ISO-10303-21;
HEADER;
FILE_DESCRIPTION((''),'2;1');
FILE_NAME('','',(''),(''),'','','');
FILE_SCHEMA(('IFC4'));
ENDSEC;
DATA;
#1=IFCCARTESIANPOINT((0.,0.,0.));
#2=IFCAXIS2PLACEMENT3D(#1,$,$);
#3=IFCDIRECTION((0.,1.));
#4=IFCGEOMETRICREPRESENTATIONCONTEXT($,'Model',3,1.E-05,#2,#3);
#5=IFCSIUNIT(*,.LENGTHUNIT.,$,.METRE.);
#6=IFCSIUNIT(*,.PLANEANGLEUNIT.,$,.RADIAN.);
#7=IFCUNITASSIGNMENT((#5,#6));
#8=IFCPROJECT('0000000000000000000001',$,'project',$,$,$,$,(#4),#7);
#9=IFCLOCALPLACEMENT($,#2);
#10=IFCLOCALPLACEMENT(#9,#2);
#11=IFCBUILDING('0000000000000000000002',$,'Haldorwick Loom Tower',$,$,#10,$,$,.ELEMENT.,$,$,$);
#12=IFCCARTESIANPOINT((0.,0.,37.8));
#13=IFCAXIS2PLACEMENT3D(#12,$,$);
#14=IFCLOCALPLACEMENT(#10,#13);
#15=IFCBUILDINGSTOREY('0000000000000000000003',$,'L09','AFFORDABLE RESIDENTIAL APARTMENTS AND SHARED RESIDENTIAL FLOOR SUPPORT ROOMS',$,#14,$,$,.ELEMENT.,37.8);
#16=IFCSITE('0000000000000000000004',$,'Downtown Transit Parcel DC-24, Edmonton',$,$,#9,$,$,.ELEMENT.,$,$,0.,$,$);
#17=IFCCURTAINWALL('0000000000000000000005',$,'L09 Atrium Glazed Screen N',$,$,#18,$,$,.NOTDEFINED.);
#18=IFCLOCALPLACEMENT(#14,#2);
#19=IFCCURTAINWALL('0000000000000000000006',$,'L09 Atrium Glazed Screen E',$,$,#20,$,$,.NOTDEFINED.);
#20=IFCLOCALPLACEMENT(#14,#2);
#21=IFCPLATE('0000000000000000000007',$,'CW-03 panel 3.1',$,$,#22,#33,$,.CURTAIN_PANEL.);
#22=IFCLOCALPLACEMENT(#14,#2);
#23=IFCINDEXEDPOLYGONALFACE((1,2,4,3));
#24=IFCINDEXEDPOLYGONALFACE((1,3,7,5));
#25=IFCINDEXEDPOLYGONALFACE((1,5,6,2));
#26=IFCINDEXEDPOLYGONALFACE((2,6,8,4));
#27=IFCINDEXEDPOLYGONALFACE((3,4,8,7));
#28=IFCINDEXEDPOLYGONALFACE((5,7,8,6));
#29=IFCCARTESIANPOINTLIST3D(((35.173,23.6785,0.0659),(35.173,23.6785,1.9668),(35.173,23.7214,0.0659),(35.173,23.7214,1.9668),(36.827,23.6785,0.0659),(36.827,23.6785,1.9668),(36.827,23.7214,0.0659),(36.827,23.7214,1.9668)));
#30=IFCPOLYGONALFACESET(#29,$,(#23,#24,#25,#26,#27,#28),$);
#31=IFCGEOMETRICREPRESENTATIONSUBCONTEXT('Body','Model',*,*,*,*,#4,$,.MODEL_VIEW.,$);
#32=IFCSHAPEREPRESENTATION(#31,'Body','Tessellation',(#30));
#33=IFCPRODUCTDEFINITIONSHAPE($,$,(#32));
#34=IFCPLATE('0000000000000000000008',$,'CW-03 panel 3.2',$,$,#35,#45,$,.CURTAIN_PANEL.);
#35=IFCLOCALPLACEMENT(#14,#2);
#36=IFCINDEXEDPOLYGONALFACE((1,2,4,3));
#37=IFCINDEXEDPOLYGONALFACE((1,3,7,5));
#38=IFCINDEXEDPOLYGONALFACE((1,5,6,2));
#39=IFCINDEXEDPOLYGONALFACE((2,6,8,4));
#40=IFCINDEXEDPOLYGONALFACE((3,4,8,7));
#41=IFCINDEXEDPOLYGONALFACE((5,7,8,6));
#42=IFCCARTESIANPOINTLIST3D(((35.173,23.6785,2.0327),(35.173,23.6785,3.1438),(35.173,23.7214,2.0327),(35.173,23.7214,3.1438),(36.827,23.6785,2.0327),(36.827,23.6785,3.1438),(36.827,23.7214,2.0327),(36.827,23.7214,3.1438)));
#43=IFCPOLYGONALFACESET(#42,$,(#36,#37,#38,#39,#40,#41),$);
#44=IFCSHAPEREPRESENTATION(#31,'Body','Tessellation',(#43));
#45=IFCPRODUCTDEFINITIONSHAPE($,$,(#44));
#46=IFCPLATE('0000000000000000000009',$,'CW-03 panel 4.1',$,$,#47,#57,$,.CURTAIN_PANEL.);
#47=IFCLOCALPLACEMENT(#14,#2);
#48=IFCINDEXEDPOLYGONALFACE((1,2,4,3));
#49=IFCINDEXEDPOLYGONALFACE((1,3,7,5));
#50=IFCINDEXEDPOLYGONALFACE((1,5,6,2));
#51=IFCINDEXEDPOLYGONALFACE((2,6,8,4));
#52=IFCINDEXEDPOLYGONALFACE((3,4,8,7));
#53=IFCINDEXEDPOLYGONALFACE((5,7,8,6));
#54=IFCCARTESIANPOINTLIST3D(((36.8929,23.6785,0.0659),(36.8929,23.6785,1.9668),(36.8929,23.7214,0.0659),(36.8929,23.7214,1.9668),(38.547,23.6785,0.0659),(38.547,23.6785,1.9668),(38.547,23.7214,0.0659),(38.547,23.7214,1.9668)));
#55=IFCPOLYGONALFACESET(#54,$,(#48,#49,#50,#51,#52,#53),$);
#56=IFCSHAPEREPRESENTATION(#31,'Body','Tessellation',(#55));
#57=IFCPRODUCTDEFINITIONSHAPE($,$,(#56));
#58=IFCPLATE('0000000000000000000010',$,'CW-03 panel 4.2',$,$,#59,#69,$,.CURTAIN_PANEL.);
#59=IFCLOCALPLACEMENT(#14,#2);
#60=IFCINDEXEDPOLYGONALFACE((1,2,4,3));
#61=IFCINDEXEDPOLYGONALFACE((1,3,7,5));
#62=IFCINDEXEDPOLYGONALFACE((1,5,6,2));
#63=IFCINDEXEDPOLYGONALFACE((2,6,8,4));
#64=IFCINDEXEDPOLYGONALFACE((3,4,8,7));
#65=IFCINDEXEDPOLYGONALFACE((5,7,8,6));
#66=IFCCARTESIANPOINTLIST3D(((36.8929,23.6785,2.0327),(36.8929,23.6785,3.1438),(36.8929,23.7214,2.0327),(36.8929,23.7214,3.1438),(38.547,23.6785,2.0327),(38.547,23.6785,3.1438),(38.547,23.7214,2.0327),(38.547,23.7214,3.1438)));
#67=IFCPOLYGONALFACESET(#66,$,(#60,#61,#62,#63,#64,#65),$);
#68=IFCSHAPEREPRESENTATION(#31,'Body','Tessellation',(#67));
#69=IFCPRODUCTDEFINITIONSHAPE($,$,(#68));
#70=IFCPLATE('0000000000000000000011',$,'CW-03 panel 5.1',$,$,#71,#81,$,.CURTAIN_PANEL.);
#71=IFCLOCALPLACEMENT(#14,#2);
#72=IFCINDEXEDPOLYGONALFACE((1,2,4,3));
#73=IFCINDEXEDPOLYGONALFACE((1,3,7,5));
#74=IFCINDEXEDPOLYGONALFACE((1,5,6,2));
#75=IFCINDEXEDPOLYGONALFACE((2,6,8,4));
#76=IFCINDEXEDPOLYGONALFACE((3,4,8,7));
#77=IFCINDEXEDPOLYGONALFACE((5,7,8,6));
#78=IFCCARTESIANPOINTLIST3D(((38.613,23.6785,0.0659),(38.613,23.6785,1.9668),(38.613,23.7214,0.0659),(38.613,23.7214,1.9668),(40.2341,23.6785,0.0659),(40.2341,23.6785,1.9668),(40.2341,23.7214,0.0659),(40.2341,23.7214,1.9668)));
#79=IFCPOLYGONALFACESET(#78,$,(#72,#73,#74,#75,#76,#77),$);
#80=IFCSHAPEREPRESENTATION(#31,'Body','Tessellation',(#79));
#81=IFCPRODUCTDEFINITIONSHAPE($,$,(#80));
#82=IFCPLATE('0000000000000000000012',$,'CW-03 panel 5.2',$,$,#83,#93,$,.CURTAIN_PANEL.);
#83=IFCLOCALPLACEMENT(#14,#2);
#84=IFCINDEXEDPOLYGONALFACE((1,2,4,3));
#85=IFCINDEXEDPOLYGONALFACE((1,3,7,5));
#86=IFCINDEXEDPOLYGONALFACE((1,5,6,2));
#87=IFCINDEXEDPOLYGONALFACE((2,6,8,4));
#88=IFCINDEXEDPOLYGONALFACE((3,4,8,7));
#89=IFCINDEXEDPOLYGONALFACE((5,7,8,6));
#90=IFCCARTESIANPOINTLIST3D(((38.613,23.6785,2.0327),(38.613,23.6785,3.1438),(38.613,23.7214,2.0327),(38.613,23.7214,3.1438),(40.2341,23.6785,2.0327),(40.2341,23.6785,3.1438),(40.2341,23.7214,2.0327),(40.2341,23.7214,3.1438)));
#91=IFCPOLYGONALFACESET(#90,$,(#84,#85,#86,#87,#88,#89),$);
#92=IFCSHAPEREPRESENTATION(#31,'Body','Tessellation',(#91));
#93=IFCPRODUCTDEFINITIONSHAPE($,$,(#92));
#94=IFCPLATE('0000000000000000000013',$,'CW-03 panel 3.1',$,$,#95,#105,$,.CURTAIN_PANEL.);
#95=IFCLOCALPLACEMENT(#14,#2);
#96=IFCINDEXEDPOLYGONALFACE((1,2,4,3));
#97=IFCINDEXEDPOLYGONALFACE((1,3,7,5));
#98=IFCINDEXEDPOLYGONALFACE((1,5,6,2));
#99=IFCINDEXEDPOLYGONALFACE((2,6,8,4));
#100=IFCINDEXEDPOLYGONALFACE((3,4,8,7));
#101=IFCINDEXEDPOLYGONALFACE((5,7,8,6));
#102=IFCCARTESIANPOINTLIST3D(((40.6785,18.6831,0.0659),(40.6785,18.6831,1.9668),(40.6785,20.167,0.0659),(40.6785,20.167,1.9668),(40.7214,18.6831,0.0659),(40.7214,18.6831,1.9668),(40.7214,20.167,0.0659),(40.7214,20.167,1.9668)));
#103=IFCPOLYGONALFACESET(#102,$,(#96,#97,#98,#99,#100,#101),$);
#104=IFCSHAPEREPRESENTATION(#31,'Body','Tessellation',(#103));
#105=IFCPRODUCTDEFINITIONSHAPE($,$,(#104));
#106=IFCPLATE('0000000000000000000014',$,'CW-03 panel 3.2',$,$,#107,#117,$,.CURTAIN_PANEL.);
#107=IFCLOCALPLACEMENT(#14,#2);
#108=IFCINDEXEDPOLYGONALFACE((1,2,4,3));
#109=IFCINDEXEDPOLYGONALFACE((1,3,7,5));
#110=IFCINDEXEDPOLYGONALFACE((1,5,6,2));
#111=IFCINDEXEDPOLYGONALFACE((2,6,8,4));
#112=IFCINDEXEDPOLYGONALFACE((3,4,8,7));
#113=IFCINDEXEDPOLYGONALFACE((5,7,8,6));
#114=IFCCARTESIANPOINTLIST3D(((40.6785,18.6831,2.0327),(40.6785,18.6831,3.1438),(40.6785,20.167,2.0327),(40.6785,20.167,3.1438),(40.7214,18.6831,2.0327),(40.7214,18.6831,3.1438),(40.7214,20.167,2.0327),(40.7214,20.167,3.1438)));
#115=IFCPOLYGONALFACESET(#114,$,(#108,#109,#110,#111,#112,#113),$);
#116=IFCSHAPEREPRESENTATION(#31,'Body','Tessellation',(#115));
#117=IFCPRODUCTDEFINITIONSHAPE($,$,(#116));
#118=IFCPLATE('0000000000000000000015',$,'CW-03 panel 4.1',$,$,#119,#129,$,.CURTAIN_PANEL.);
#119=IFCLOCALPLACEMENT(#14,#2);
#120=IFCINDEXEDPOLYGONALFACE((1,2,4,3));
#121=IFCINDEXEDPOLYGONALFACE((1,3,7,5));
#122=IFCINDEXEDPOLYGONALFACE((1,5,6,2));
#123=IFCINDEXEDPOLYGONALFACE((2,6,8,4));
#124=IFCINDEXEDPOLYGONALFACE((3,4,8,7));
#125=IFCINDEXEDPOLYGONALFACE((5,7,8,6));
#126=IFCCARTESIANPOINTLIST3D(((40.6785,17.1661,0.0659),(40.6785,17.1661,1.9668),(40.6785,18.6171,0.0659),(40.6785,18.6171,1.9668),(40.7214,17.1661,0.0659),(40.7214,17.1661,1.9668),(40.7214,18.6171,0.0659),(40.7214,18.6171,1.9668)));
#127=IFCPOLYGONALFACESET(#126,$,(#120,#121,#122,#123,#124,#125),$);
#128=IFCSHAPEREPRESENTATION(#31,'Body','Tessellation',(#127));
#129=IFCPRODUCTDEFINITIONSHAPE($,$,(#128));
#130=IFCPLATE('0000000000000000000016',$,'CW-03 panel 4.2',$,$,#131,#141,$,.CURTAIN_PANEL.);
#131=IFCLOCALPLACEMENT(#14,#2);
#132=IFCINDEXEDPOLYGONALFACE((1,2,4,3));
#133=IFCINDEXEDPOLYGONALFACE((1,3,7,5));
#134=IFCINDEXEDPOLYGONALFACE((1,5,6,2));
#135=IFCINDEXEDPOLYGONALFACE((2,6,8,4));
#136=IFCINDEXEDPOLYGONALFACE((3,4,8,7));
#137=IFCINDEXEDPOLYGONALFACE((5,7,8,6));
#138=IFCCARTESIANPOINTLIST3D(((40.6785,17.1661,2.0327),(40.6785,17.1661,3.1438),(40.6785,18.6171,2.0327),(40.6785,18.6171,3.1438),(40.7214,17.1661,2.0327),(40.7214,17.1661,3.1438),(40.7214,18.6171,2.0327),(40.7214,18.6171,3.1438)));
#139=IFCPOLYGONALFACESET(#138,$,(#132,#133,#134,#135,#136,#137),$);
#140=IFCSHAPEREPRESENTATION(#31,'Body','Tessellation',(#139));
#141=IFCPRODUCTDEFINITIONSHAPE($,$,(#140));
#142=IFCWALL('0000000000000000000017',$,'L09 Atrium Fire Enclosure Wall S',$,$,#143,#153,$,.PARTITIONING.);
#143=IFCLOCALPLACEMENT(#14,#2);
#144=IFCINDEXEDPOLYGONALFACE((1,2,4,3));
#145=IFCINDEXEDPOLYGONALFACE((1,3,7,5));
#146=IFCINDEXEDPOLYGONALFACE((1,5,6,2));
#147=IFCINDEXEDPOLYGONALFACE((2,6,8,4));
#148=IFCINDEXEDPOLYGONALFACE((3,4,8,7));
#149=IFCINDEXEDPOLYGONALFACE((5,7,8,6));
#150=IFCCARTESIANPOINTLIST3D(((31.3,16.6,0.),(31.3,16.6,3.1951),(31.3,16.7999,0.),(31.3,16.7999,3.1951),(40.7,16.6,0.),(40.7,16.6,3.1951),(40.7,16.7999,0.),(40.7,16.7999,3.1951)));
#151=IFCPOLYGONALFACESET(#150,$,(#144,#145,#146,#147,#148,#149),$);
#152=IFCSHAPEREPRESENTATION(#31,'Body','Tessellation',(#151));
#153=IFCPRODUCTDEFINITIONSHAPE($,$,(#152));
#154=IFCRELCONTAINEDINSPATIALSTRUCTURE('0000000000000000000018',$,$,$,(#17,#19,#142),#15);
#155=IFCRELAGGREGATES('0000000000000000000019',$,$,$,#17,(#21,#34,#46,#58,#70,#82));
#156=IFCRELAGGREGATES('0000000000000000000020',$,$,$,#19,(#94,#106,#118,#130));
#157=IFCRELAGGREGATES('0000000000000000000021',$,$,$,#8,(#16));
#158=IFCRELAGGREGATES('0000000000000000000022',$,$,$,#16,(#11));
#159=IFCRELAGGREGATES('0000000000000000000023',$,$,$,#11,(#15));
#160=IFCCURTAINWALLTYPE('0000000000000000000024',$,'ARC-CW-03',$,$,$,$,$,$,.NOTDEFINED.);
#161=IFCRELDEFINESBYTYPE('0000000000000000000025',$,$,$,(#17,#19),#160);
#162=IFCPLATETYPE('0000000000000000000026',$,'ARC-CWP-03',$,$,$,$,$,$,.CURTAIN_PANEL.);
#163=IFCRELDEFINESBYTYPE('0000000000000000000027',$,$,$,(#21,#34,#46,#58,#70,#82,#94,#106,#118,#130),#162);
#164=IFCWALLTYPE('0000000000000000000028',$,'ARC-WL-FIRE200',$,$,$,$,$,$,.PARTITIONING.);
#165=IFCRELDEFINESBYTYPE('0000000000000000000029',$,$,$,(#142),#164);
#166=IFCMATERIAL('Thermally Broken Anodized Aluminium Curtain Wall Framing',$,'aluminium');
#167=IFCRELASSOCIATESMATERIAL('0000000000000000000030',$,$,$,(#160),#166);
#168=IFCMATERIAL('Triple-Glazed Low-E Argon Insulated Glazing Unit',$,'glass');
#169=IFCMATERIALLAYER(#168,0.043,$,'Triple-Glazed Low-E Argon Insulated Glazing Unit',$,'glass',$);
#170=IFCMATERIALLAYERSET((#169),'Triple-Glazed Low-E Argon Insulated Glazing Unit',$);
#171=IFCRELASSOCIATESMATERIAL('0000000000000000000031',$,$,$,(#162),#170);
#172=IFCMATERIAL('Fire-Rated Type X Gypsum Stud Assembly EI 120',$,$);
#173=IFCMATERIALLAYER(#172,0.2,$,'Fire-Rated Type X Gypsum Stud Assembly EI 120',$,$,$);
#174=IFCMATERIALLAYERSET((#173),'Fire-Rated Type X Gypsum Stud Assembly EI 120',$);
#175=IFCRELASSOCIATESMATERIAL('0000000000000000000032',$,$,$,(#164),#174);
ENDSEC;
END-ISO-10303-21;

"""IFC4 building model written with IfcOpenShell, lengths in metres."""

from ifc_helpers import new_model, si_unit, direction, frame, frame_2d, origin, origin_2d, place, context, subcontext, project, spatial, rectangle, extrude, material, layer, layer_set, type_object, element, aggregate, save


model = new_model("IFC4")

# Units and contexts
model_context = context("Model", 3, precision=1e-05, world=origin(), true_north=direction((0.0, 1.0)))
body_context = subcontext(model_context, "Body", "Model", "MODEL_VIEW")
ifc_project = project(units=[si_unit("LENGTHUNIT", "METRE"), si_unit("PLANEANGLEUNIT", "RADIAN")], contexts=[model_context])

# Site, building, storey
site_placement = place(None, origin())
site = spatial("IfcSite", under=ifc_project, at=site_placement, Name="Downtown Transit Parcel DC-24, Edmonton", CompositionType="ELEMENT", RefElevation=0.0)
building_placement = place(site_placement, origin())
building = spatial("IfcBuilding", under=site, at=building_placement, Name="Haldorwick Loom Tower", CompositionType="ELEMENT")
storey_placement = place(building_placement, frame((0.0, 0.0, 37.8)))
storey = spatial("IfcBuildingStorey", under=building, at=storey_placement, Name="L09", Description="AFFORDABLE RESIDENTIAL APARTMENTS AND SHARED RESIDENTIAL FLOOR SUPPORT ROOMS", CompositionType="ELEMENT", Elevation=37.8)

# Curtain walls
ifc_material_1 = material(Name="Thermally Broken Anodized Aluminium Curtain Wall Framing", Category="aluminium")
curtain_wall_type = type_object("IfcCurtainWallType", Name="ARC-CW-03", PredefinedType="NOTDEFINED", material=ifc_material_1)
curtain_wall_1_placement = place(storey_placement, origin())
curtain_wall_1 = element("IfcCurtainWall", 1, at=curtain_wall_1_placement, inside=storey, type_object=curtain_wall_type, Name="L09 Atrium Glazed Screen N", PredefinedType="NOTDEFINED")
curtain_wall_2_placement = place(storey_placement, origin())
curtain_wall_2 = element("IfcCurtainWall", 2, at=curtain_wall_2_placement, inside=storey, type_object=curtain_wall_type, Name="L09 Atrium Glazed Screen E", PredefinedType="NOTDEFINED")

# Plates
ifc_material_2 = material(Name="Triple-Glazed Low-E Argon Insulated Glazing Unit", Category="glass")
ifc_layer_1 = layer(ifc_material_2, 0.043, Name="Triple-Glazed Low-E Argon Insulated Glazing Unit", Category="glass")
ifc_layer_set_1 = layer_set([ifc_layer_1], Name="Triple-Glazed Low-E Argon Insulated Glazing Unit")
plate_type = type_object("IfcPlateType", Name="ARC-CWP-03", PredefinedType="CURTAIN_PANEL", material=ifc_layer_set_1)
plate_1_placement = place(storey_placement, frame((36.0, 23.7, 0.0659), z_axis=(0.0, 0.0, 1.0), x_axis=(1.0, 0.0, 0.0)))
plate_1 = element("IfcPlate", 3, at=plate_1_placement, type_object=plate_type, Name="CW-03 panel 3.1", PredefinedType="CURTAIN_PANEL", context=body_context, shape_type="SweptSolid", body=[
    extrude(rectangle(XDim=1.6541, YDim=0.043, at=origin_2d()), origin(), (0.0, 0.0, 1.0), 1.9009),
])
plate_2_placement = place(storey_placement, frame((36.0, 23.7, 2.0327), z_axis=(0.0, 0.0, 1.0), x_axis=(1.0, 0.0, 0.0)))
plate_2 = element("IfcPlate", 4, at=plate_2_placement, type_object=plate_type, Name="CW-03 panel 3.2", PredefinedType="CURTAIN_PANEL", context=body_context, shape_type="SweptSolid", body=[
    extrude(rectangle(XDim=1.6541, YDim=0.043, at=origin_2d()), origin(), (0.0, 0.0, 1.0), 1.1111),
])
plate_3_placement = place(storey_placement, frame((37.72, 23.7, 0.0659), z_axis=(0.0, 0.0, 1.0), x_axis=(1.0, 0.0, 0.0)))
plate_3 = element("IfcPlate", 5, at=plate_3_placement, type_object=plate_type, Name="CW-03 panel 4.1", PredefinedType="CURTAIN_PANEL", context=body_context, shape_type="SweptSolid", body=[
    extrude(rectangle(XDim=1.6541, YDim=0.043, at=origin_2d()), origin(), (0.0, 0.0, 1.0), 1.9009),
])
plate_4_placement = place(storey_placement, frame((37.72, 23.7, 2.0327), z_axis=(0.0, 0.0, 1.0), x_axis=(1.0, 0.0, 0.0)))
plate_4 = element("IfcPlate", 6, at=plate_4_placement, type_object=plate_type, Name="CW-03 panel 4.2", PredefinedType="CURTAIN_PANEL", context=body_context, shape_type="SweptSolid", body=[
    extrude(rectangle(XDim=1.6541, YDim=0.043, at=origin_2d()), origin(), (0.0, 0.0, 1.0), 1.1111),
])
plate_5_placement = place(storey_placement, frame((39.4236, 23.7, 0.0659), z_axis=(0.0, 0.0, 1.0), x_axis=(1.0, 0.0, 0.0)))
plate_5 = element("IfcPlate", 7, at=plate_5_placement, type_object=plate_type, Name="CW-03 panel 5.1", PredefinedType="CURTAIN_PANEL", context=body_context, shape_type="SweptSolid", body=[
    extrude(rectangle(XDim=1.6211, YDim=0.043, at=origin_2d()), origin(), (0.0, 0.0, 1.0), 1.9009),
])
plate_6_placement = place(storey_placement, frame((39.4236, 23.7, 2.0327), z_axis=(0.0, 0.0, 1.0), x_axis=(1.0, 0.0, 0.0)))
plate_6 = element("IfcPlate", 8, at=plate_6_placement, type_object=plate_type, Name="CW-03 panel 5.2", PredefinedType="CURTAIN_PANEL", context=body_context, shape_type="SweptSolid", body=[
    extrude(rectangle(XDim=1.6211, YDim=0.043, at=origin_2d()), origin(), (0.0, 0.0, 1.0), 1.1111),
])
aggregate(curtain_wall_1, [plate_1, plate_2, plate_3, plate_4, plate_5, plate_6])
plate_7_placement = place(storey_placement, frame((40.7, 19.425, 0.0659), z_axis=(0.0, 0.0, 1.0), x_axis=(0.0, -1.0, 0.0)))
plate_7 = element("IfcPlate", 9, at=plate_7_placement, type_object=plate_type, Name="CW-03 panel 3.1", PredefinedType="CURTAIN_PANEL", context=body_context, shape_type="SweptSolid", body=[
    extrude(rectangle(XDim=1.4839, YDim=0.043, at=origin_2d()), origin(), (0.0, 0.0, 1.0), 1.9009),
])
plate_8_placement = place(storey_placement, frame((40.7, 19.425, 2.0327), z_axis=(0.0, 0.0, 1.0), x_axis=(0.0, -1.0, 0.0)))
plate_8 = element("IfcPlate", 10, at=plate_8_placement, type_object=plate_type, Name="CW-03 panel 3.2", PredefinedType="CURTAIN_PANEL", context=body_context, shape_type="SweptSolid", body=[
    extrude(rectangle(XDim=1.4839, YDim=0.043, at=origin_2d()), origin(), (0.0, 0.0, 1.0), 1.1111),
])
plate_9_placement = place(storey_placement, frame((40.7, 17.8916, 0.0659), z_axis=(0.0, 0.0, 1.0), x_axis=(0.0, -1.0, 0.0)))
plate_9 = element("IfcPlate", 11, at=plate_9_placement, type_object=plate_type, Name="CW-03 panel 4.1", PredefinedType="CURTAIN_PANEL", context=body_context, shape_type="SweptSolid", body=[
    extrude(rectangle(XDim=1.4509, YDim=0.043, at=origin_2d()), origin(), (0.0, 0.0, 1.0), 1.9009),
])
plate_10_placement = place(storey_placement, frame((40.7, 17.8916, 2.0327), z_axis=(0.0, 0.0, 1.0), x_axis=(0.0, -1.0, 0.0)))
plate_10 = element("IfcPlate", 12, at=plate_10_placement, type_object=plate_type, Name="CW-03 panel 4.2", PredefinedType="CURTAIN_PANEL", context=body_context, shape_type="SweptSolid", body=[
    extrude(rectangle(XDim=1.4509, YDim=0.043, at=origin_2d()), origin(), (0.0, 0.0, 1.0), 1.1111),
])
aggregate(curtain_wall_2, [plate_7, plate_8, plate_9, plate_10])

# Wall
ifc_material_3 = material(Name="Fire-Rated Type X Gypsum Stud Assembly EI 120")
ifc_layer_2 = layer(ifc_material_3, 0.2, Name="Fire-Rated Type X Gypsum Stud Assembly EI 120")
ifc_layer_set_2 = layer_set([ifc_layer_2], Name="Fire-Rated Type X Gypsum Stud Assembly EI 120")
wall_type = type_object("IfcWallType", Name="ARC-WL-FIRE200", PredefinedType="PARTITIONING", material=ifc_layer_set_2)
wall_placement = place(storey_placement, frame((40.7, 16.7, 0.0), z_axis=(0.0, 0.0, 1.0), x_axis=(-1.0, 0.0, 0.0)))
element("IfcWall", 13, at=wall_placement, inside=storey, type_object=wall_type, Name="L09 Atrium Fire Enclosure Wall S", PredefinedType="PARTITIONING", context=body_context, shape_type="SweptSolid", body=[
    extrude(rectangle(XDim=9.3999, YDim=0.2, at=frame_2d((4.7, 0.0))), origin(), (0.0, 0.0, 1.0), 3.1951),
])

save(model, "model.ifc")
